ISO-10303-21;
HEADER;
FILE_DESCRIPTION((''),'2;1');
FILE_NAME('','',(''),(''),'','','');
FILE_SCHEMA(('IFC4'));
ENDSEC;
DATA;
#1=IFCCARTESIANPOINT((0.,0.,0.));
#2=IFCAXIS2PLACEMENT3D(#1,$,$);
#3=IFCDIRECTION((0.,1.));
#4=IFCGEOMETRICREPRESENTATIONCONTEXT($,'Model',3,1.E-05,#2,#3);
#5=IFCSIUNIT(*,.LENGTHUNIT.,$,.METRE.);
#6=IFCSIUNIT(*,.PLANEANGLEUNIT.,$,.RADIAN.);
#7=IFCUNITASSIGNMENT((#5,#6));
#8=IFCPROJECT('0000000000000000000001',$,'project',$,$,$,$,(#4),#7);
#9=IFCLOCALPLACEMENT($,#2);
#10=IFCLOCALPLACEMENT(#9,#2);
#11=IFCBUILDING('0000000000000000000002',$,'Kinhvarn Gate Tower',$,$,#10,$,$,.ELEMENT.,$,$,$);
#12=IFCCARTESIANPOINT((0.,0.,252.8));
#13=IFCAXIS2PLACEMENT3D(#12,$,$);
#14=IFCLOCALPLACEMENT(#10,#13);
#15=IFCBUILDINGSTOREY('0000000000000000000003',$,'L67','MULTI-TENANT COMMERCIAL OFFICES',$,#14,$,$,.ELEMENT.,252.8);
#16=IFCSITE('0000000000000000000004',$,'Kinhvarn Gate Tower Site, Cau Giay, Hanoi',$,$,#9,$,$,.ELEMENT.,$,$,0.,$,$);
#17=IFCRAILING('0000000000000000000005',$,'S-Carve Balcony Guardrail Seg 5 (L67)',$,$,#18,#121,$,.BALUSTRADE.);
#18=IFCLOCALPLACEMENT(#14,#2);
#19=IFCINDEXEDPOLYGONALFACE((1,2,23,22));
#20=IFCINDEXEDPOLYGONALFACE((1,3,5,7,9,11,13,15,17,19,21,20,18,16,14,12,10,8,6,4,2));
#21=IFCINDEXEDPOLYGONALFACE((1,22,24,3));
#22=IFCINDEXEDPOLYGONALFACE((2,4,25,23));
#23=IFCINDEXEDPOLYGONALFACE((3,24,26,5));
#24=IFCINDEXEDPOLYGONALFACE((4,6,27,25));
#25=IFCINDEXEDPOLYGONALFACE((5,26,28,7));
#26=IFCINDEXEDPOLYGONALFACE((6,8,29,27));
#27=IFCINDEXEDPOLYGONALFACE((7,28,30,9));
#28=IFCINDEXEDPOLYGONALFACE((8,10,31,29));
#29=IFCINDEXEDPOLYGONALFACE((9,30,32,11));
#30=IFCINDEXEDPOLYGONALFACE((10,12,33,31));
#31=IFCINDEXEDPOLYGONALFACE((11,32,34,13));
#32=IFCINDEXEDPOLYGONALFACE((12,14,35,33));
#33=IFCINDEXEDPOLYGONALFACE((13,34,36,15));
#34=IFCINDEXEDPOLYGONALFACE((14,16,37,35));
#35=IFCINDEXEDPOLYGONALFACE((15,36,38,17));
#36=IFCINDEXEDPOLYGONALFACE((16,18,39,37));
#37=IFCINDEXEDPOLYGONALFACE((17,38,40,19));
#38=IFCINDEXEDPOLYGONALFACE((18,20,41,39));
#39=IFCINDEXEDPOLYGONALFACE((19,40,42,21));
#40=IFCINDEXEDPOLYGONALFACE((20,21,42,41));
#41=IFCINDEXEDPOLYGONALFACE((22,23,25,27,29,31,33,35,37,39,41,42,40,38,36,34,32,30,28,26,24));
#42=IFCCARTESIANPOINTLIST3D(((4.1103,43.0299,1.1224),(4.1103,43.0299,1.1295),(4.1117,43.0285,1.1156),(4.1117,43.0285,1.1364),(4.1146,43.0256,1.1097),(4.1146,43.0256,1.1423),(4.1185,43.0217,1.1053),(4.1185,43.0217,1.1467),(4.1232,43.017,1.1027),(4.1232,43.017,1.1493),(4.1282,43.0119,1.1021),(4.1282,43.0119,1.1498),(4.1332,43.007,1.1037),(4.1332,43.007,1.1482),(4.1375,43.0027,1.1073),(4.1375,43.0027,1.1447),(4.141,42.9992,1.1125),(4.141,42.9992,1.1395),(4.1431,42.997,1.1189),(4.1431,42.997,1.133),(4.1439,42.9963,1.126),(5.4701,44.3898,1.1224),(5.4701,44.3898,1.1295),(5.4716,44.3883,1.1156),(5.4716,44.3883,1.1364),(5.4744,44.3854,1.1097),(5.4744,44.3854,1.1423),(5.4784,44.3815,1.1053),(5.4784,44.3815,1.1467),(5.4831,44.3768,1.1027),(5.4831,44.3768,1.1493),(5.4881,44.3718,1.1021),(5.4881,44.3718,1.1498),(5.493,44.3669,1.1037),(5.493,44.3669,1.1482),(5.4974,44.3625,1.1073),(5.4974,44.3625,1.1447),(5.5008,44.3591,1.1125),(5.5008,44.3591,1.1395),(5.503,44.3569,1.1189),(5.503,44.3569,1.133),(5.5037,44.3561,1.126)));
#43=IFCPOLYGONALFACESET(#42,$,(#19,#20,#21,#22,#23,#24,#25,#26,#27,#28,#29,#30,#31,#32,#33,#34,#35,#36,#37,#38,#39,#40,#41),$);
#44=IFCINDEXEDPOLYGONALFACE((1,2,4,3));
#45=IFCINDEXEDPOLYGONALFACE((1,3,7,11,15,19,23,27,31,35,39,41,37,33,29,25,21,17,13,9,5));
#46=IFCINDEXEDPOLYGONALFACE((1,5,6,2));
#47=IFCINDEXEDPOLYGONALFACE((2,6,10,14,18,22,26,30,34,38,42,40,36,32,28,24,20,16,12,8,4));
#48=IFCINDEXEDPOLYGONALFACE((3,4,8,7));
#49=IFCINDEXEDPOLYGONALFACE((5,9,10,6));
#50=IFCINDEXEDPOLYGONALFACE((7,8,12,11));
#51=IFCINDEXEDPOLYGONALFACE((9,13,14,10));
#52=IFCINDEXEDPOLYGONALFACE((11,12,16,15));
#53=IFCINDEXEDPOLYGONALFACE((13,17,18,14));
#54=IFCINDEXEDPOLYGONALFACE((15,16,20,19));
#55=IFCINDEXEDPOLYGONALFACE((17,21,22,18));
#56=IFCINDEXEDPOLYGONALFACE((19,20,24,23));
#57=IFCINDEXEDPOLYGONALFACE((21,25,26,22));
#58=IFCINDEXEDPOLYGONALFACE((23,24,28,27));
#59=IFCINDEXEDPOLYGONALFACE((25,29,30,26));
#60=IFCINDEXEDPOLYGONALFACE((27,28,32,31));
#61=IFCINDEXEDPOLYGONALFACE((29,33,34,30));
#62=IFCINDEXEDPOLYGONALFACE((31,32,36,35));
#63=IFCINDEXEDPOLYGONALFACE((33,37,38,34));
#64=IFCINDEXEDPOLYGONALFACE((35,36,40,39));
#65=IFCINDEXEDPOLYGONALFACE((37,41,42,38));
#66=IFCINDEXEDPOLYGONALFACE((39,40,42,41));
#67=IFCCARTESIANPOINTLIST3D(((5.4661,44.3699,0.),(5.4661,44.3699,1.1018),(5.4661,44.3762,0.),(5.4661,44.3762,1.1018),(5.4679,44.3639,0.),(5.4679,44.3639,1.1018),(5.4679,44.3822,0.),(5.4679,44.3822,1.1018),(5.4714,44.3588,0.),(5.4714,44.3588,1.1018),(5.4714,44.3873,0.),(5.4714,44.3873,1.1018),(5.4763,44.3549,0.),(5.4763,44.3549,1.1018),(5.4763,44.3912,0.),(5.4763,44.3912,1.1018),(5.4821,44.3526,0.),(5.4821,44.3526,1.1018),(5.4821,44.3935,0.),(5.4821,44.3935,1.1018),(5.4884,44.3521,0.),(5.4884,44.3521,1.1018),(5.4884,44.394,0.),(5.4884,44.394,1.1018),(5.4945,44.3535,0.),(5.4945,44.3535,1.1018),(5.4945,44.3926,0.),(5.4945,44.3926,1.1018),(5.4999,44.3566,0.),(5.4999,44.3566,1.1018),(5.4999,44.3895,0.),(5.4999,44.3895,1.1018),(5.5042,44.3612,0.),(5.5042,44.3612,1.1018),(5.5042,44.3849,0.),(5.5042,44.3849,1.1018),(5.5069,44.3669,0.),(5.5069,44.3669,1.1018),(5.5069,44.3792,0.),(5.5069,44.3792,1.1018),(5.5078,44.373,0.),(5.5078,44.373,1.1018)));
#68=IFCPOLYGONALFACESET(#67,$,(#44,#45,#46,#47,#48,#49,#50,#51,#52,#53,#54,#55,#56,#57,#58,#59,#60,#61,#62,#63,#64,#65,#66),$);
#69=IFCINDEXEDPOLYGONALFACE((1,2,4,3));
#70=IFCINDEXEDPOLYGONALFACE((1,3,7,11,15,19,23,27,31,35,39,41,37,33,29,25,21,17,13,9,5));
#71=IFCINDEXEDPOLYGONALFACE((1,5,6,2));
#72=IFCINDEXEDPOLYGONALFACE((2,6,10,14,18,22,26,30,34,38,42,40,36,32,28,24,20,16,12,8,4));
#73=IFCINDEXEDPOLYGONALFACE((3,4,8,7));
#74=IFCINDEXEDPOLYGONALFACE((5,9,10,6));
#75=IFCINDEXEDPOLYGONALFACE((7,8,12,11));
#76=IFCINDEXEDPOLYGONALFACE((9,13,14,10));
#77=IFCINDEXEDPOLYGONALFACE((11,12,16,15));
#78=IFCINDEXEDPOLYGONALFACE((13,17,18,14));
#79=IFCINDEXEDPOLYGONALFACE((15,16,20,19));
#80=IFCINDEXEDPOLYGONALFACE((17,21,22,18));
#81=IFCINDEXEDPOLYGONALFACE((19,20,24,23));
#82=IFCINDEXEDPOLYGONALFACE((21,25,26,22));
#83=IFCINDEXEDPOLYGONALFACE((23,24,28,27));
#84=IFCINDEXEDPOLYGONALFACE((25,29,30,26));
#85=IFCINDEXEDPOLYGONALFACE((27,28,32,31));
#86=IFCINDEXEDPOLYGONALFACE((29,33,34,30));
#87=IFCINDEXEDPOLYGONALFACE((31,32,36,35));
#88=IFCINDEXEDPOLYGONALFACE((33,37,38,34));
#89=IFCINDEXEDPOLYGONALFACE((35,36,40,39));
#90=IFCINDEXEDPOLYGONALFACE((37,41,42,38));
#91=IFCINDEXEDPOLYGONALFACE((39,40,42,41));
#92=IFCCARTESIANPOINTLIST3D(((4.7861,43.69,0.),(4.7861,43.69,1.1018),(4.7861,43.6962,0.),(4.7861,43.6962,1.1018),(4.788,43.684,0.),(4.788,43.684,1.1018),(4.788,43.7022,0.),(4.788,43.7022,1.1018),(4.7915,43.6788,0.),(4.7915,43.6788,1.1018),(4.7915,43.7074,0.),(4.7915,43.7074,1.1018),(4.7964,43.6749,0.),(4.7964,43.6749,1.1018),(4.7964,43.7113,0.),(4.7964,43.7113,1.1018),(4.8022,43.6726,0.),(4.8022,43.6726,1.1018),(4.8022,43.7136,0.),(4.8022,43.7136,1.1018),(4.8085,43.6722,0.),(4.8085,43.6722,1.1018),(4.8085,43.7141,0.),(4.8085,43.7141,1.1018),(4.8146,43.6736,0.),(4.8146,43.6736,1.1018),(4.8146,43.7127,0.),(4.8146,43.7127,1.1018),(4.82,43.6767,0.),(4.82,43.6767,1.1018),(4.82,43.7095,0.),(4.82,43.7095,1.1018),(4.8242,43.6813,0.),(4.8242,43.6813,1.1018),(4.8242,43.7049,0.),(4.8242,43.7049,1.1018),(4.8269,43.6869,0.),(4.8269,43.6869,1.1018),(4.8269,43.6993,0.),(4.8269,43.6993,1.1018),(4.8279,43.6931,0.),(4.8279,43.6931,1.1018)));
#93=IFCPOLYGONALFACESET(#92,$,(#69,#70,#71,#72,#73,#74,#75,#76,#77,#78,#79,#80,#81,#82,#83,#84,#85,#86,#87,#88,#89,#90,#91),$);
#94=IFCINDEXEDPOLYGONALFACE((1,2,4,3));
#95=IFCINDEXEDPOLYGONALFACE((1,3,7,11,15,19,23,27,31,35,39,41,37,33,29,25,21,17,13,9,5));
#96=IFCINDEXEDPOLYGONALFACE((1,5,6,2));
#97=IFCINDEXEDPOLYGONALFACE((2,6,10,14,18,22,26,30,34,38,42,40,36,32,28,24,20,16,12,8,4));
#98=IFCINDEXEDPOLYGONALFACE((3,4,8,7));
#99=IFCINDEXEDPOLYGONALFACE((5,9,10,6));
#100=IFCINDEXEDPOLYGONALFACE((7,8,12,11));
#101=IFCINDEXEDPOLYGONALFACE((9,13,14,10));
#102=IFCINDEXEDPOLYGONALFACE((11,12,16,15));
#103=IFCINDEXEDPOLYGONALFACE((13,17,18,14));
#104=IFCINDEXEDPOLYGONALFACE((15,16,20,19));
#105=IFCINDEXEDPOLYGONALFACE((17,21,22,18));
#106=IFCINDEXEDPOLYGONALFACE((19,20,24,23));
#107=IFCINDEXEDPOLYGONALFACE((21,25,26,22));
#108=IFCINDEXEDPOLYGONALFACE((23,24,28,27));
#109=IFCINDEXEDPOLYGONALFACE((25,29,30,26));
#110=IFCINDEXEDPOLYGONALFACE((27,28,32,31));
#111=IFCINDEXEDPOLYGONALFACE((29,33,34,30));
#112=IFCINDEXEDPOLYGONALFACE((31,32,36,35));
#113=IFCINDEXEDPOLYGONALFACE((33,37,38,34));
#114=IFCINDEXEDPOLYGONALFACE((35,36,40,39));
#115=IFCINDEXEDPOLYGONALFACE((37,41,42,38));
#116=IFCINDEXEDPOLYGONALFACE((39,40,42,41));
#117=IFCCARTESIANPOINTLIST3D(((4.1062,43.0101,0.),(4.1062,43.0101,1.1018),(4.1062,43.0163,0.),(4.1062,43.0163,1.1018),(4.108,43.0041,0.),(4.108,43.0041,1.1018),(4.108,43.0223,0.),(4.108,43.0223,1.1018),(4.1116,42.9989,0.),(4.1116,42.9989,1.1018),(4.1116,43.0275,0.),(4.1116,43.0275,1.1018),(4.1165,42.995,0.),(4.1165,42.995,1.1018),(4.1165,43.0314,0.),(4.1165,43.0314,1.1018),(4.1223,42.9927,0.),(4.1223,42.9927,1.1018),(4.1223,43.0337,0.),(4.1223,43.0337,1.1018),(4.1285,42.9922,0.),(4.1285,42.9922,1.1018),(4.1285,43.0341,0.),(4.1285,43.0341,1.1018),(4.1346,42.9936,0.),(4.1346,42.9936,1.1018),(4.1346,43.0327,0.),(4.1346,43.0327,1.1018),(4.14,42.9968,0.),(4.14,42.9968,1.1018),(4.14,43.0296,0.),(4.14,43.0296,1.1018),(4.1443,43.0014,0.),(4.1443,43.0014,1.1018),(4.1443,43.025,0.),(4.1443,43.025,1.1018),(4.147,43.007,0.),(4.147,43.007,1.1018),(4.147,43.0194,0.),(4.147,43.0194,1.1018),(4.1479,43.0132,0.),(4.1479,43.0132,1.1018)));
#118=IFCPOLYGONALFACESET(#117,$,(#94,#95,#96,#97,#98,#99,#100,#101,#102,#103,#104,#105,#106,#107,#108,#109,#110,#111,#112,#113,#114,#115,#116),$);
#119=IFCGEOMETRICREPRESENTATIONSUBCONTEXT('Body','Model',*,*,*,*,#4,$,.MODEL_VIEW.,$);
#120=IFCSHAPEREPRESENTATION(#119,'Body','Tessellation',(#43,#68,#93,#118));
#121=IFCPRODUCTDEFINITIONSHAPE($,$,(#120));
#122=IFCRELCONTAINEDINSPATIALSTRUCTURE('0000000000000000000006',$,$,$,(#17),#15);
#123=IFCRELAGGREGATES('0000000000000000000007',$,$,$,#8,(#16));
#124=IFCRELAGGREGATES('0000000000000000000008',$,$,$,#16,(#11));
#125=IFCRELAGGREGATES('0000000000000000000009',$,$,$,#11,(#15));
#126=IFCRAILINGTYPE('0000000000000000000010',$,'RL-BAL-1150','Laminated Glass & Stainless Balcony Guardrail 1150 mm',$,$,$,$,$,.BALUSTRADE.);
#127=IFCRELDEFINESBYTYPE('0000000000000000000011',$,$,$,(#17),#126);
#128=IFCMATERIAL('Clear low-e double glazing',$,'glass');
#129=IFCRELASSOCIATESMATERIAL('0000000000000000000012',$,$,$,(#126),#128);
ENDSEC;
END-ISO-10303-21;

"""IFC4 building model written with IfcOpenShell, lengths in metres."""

from ifc_helpers import new_model, si_unit, direction, frame, origin, origin_2d, place, context, subcontext, project, spatial, circle, extrude, material, type_object, element, save


model = new_model("IFC4")

# Units and contexts
model_context = context("Model", 3, precision=1e-05, world=origin(), true_north=direction((0.0, 1.0)))
body_context = subcontext(model_context, "Body", "Model", "MODEL_VIEW")
ifc_project = project(units=[si_unit("LENGTHUNIT", "METRE"), si_unit("PLANEANGLEUNIT", "RADIAN")], contexts=[model_context])

# Site, building, storey
site_placement = place(None, origin())
site = spatial("IfcSite", under=ifc_project, at=site_placement, Name="Kinhvarn Gate Tower Site, Cau Giay, Hanoi", CompositionType="ELEMENT", RefElevation=0.0)
building_placement = place(site_placement, origin())
building = spatial("IfcBuilding", under=site, at=building_placement, Name="Kinhvarn Gate Tower", CompositionType="ELEMENT")
storey_placement = place(building_placement, frame((0.0, 0.0, 252.8)))
storey = spatial("IfcBuildingStorey", under=building, at=storey_placement, Name="L67", Description="MULTI-TENANT COMMERCIAL OFFICES", CompositionType="ELEMENT", Elevation=252.8)

# Shared definitions
ifc_material_1 = material(Name="Clear low-e double glazing", Category="glass")

# Railing
railing_type = type_object("IfcRailingType", Name="RL-BAL-1150", Description="Laminated Glass & Stainless Balcony Guardrail 1150 mm", PredefinedType="BALUSTRADE", material=ifc_material_1)
railing_1_placement = place(storey_placement, frame((5.4868, 44.373, 0.0)))
element("IfcRailing", 1, at=railing_1_placement, inside=storey, type_object=railing_type, Name="S-Carve Balcony Guardrail Seg 5 (L67)", PredefinedType="BALUSTRADE", context=body_context, shape_type="SweptSolid", body=[
    extrude(circle(Radius=0.0239, at=origin_2d()), frame((0.0, 0.0, 1.126), z_axis=(-0.707107, -0.707107, 0.0), x_axis=(0.707107, -0.707107, 0.0)), (0.0, 0.0, 1.0), 1.9231),
    extrude(circle(Radius=0.021, at=origin_2d()), origin(), (0.0, 0.0, 1.0), 1.1018),
    extrude(circle(Radius=0.021, at=origin_2d()), frame((-0.6799, -0.6799, 0.0)), (0.0, 0.0, 1.0), 1.1018),
    extrude(circle(Radius=0.021, at=origin_2d()), frame((-1.3599, -1.3599, 0.0)), (0.0, 0.0, 1.0), 1.1018),
])

save(model, "model.ifc")
